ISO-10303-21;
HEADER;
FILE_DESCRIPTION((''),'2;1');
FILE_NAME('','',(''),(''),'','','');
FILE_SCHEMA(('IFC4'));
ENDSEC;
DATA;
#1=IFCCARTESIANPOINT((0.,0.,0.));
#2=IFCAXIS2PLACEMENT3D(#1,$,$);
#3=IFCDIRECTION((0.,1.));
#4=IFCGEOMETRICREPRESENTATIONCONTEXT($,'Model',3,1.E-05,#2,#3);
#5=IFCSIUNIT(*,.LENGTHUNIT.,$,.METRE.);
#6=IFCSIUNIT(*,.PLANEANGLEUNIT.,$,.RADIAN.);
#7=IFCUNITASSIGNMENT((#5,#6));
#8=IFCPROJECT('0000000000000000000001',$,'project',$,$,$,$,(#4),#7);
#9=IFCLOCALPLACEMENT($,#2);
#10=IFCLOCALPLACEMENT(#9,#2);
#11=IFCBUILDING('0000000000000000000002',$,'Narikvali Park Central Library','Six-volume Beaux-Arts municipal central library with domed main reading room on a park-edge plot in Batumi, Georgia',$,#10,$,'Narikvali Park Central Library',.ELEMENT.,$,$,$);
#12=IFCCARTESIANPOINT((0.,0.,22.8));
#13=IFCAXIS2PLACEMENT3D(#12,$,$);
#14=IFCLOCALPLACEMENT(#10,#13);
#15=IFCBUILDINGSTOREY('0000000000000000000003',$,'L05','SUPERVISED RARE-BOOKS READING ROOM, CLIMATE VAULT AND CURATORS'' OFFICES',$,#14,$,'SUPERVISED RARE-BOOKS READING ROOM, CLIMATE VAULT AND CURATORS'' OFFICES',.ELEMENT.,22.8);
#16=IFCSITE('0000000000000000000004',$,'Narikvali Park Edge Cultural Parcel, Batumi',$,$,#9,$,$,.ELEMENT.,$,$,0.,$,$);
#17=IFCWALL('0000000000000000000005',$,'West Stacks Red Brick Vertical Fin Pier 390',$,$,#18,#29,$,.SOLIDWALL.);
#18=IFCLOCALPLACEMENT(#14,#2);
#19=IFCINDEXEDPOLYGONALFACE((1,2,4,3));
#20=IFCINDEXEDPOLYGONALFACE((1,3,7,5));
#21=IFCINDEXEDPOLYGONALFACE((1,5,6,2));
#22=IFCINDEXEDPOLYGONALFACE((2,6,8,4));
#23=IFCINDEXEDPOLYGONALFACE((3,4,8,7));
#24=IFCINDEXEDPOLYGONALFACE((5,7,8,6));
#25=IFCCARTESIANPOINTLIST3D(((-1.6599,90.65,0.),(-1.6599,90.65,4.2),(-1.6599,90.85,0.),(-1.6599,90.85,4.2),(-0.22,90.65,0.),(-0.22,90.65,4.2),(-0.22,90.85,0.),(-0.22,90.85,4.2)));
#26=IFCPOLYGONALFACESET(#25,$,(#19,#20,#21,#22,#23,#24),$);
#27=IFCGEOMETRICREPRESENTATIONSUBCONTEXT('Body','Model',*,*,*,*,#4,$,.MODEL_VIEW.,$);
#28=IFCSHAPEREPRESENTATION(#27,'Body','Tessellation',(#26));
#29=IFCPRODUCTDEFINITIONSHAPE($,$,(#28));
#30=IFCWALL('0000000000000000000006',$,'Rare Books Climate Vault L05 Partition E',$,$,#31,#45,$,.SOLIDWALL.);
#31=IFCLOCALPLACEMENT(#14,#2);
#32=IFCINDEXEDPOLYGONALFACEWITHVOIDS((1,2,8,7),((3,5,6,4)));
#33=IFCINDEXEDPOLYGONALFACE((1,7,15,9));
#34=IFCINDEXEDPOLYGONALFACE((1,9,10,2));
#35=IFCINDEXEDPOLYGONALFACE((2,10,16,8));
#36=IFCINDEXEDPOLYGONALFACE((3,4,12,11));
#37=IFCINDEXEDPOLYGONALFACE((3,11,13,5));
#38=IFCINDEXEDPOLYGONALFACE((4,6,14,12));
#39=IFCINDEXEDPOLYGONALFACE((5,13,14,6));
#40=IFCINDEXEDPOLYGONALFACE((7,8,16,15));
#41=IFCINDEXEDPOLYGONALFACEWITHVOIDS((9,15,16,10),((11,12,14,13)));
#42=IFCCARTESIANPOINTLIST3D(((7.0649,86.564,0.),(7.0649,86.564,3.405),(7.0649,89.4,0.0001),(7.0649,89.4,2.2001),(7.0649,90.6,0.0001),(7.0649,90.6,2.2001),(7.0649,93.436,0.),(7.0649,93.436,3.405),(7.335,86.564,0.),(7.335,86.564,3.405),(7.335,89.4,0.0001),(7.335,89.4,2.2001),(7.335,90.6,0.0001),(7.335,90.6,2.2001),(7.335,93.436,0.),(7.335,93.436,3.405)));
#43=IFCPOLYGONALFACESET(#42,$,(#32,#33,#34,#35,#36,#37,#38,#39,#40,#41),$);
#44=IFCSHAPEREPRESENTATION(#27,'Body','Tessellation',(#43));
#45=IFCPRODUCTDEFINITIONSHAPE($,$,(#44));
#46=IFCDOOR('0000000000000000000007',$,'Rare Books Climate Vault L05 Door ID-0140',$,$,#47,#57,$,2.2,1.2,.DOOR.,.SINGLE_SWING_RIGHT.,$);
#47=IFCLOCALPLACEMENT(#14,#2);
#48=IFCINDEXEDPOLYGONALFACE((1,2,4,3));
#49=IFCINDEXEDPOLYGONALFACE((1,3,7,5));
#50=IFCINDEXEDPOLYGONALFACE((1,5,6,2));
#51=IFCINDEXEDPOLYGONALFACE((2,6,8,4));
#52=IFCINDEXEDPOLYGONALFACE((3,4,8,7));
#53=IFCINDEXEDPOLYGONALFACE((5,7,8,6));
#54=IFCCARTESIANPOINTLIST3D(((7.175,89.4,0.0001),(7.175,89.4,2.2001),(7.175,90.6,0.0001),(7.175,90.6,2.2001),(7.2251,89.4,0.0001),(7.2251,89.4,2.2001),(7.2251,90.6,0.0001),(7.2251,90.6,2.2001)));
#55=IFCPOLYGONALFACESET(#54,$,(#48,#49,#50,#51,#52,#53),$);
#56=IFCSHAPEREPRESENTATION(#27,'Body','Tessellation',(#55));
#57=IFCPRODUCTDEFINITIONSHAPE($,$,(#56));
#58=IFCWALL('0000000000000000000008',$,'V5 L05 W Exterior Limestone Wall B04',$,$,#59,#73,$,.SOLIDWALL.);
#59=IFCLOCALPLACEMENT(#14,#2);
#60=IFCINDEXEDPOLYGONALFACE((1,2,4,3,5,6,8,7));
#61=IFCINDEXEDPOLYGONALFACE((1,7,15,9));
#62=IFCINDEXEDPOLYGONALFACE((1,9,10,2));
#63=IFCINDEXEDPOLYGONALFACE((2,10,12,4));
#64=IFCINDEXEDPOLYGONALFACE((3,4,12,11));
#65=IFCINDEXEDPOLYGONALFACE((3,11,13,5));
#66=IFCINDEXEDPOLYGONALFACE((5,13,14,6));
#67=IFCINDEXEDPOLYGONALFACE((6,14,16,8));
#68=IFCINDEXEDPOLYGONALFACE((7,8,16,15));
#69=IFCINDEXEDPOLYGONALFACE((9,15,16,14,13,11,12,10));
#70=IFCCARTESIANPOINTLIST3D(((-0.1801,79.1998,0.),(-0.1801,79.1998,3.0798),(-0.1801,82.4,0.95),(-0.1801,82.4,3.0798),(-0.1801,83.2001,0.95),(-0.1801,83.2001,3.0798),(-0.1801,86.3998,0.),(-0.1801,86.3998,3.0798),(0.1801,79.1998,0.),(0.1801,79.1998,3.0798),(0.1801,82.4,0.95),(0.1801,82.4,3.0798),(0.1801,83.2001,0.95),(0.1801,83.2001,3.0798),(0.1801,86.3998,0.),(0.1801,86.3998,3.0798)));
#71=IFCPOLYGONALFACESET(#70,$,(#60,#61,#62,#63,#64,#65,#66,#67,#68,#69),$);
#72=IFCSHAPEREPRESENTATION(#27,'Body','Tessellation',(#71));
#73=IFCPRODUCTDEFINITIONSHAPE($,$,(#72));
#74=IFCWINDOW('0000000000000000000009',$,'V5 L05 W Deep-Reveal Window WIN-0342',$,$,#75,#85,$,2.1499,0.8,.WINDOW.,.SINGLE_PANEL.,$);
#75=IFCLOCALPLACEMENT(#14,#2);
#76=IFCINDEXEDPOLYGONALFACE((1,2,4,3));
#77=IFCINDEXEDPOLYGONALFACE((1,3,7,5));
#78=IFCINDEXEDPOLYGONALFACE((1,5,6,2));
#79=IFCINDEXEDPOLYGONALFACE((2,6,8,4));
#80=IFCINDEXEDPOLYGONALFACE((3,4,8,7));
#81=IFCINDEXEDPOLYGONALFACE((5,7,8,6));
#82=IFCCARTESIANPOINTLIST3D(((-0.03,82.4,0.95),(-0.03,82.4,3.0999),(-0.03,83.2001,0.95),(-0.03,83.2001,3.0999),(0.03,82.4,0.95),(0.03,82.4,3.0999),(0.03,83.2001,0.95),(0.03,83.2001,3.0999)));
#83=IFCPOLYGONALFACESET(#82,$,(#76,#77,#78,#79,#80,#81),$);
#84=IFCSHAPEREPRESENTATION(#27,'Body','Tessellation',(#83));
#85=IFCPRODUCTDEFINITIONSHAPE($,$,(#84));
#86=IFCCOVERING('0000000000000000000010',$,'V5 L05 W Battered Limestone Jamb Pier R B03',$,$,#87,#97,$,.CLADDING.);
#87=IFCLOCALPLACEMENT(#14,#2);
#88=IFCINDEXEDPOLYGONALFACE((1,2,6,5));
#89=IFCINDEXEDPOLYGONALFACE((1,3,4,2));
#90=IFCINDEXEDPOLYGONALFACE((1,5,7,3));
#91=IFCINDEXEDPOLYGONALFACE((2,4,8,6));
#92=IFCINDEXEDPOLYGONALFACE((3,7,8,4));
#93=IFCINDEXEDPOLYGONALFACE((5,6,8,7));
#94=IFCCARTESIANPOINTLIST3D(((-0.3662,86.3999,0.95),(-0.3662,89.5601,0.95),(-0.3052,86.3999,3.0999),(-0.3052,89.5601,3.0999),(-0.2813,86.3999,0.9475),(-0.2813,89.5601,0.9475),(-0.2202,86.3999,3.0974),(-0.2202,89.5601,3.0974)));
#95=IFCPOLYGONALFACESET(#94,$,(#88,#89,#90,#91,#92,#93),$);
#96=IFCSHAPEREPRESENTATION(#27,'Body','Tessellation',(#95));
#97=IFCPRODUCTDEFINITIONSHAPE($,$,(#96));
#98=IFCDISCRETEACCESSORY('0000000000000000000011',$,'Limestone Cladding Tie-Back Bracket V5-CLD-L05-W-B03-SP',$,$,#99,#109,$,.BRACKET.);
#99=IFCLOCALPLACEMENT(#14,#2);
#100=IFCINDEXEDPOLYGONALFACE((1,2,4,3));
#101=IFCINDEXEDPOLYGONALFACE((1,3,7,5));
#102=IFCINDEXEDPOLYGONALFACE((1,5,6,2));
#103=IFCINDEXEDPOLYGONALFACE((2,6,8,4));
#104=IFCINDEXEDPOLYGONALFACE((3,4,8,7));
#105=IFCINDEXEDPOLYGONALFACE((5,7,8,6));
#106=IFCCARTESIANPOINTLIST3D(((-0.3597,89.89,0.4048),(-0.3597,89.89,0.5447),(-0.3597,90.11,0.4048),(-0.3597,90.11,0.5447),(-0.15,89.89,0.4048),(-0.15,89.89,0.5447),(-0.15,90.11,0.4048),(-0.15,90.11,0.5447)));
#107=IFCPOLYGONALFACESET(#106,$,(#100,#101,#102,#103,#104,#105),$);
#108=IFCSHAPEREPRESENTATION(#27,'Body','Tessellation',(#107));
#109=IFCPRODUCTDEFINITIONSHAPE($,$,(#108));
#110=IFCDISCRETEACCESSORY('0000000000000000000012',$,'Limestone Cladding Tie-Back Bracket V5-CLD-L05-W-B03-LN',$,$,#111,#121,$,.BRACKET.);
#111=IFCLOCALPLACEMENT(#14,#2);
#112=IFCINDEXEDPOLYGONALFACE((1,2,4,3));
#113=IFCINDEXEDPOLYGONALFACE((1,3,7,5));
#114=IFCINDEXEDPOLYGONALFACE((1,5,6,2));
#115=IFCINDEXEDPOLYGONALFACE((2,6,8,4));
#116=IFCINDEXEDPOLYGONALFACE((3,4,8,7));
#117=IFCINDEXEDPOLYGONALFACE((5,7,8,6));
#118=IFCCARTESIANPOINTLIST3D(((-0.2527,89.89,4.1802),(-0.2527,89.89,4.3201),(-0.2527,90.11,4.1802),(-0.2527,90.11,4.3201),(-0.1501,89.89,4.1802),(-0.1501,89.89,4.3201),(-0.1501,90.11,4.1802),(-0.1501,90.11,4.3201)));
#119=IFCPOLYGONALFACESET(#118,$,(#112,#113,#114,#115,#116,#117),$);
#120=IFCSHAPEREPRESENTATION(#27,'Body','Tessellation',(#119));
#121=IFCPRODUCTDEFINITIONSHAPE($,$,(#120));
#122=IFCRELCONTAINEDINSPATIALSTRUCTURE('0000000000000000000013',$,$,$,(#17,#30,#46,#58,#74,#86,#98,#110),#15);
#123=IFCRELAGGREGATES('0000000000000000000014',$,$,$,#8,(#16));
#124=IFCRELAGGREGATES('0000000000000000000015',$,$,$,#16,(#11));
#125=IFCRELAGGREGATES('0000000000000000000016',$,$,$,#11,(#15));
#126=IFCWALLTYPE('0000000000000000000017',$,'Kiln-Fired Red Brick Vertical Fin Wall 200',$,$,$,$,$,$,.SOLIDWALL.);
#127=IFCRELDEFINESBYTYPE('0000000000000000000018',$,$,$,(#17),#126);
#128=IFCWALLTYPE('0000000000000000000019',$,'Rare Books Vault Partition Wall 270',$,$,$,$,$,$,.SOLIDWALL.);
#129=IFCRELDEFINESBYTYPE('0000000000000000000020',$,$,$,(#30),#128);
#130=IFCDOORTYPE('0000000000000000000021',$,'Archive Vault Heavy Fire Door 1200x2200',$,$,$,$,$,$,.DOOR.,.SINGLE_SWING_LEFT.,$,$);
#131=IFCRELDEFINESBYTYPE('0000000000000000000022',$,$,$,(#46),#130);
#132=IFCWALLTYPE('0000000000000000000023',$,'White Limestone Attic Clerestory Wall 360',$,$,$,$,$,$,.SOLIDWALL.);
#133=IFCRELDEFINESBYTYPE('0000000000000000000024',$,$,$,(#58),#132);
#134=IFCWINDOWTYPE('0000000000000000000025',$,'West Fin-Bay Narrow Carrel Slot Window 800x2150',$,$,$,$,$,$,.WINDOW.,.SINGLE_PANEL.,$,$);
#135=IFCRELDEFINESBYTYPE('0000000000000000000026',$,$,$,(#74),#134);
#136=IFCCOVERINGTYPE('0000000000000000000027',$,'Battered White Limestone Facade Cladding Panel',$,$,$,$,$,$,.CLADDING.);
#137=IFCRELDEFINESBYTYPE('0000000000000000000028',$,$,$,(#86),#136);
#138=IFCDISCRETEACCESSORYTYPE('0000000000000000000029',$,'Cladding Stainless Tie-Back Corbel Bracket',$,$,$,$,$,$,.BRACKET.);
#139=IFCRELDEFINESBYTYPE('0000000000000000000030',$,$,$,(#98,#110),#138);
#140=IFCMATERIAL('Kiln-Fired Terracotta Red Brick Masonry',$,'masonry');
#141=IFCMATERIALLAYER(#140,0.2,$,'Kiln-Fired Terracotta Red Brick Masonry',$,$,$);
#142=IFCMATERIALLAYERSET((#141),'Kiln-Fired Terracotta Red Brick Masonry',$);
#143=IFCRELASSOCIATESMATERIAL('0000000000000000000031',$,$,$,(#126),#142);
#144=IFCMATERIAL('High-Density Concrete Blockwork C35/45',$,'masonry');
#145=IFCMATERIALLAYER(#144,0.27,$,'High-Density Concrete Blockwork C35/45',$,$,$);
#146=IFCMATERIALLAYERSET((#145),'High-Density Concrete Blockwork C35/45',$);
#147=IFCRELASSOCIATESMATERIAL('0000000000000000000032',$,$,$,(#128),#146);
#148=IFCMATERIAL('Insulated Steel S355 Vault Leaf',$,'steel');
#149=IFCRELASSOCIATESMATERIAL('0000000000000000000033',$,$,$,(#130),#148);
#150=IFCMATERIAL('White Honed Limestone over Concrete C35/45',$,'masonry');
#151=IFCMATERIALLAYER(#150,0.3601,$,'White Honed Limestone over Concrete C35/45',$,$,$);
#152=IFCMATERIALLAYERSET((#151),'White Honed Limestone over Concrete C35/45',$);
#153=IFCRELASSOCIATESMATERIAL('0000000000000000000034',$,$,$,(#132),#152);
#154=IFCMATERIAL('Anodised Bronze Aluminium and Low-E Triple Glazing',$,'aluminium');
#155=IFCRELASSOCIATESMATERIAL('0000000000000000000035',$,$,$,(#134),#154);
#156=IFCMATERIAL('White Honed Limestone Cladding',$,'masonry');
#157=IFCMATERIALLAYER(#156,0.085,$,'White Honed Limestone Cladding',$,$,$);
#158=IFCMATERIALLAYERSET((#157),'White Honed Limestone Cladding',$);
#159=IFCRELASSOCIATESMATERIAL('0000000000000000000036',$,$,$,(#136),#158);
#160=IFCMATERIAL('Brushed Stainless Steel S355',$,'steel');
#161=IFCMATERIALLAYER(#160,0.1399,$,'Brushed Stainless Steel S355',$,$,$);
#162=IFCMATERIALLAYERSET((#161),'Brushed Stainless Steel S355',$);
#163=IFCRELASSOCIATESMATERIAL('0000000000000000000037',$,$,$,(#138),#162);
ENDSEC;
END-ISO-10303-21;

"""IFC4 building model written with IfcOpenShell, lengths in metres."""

from ifc_helpers import new_model, si_unit, direction, frame, frame_2d, origin, origin_2d, place, context, subcontext, project, spatial, polyline, rectangle, outline, extrude, material, layer, layer_set, type_object, element, fill, save


model = new_model("IFC4")

# Units and contexts
model_context = context("Model", 3, precision=1e-05, world=origin(), true_north=direction((0.0, 1.0)))
body_context = subcontext(model_context, "Body", "Model", "MODEL_VIEW")
ifc_project = project(units=[si_unit("LENGTHUNIT", "METRE"), si_unit("PLANEANGLEUNIT", "RADIAN")], contexts=[model_context])

# Site, building, storey
site_placement = place(None, origin())
site = spatial("IfcSite", under=ifc_project, at=site_placement, Name="Narikvali Park Edge Cultural Parcel, Batumi", CompositionType="ELEMENT", RefElevation=0.0)
building_placement = place(site_placement, origin())
building = spatial("IfcBuilding", under=site, at=building_placement, Name="Narikvali Park Central Library", Description="Six-volume Beaux-Arts municipal central library with domed main reading room on a park-edge plot in Batumi, Georgia", LongName="Narikvali Park Central Library", CompositionType="ELEMENT")
storey_placement = place(building_placement, frame((0.0, 0.0, 22.8)))
storey = spatial("IfcBuildingStorey", under=building, at=storey_placement, Name="L05", Description="SUPERVISED RARE-BOOKS READING ROOM, CLIMATE VAULT AND CURATORS' OFFICES", LongName="SUPERVISED RARE-BOOKS READING ROOM, CLIMATE VAULT AND CURATORS' OFFICES", CompositionType="ELEMENT", Elevation=22.8)

# Wall
ifc_material_1 = material(Name="Kiln-Fired Terracotta Red Brick Masonry", Category="masonry")
ifc_layer_1 = layer(ifc_material_1, 0.2, Name="Kiln-Fired Terracotta Red Brick Masonry")
ifc_layer_set_1 = layer_set([ifc_layer_1], Name="Kiln-Fired Terracotta Red Brick Masonry")
wall_type_1 = type_object("IfcWallType", Name="Kiln-Fired Red Brick Vertical Fin Wall 200", PredefinedType="SOLIDWALL", material=ifc_layer_set_1)
for number, where, z_axis, x_axis, name in (
    (1, (-1.6599, 90.75, 0.0), (0.0, 0.0, 1.0), (1.0, 0.0, 0.0), "West Stacks Red Brick Vertical Fin Pier 390"),
):
    element("IfcWall", number, at=place(storey_placement, frame(where, z_axis=z_axis, x_axis=x_axis)), inside=storey, type_object=wall_type_1, Name=name, PredefinedType="SOLIDWALL", context=body_context, shape_type="SweptSolid", body=[
        extrude(rectangle(XDim=1.4399, YDim=0.2, at=frame_2d((0.72, 0.0))), origin(), (0.0, 0.0, 1.0), 4.2),
    ])

# Wall, opening, door
ifc_material_2 = material(Name="High-Density Concrete Blockwork C35/45", Category="masonry")
ifc_layer_2 = layer(ifc_material_2, 0.27, Name="High-Density Concrete Blockwork C35/45")
ifc_layer_set_2 = layer_set([ifc_layer_2], Name="High-Density Concrete Blockwork C35/45")
wall_type_2 = type_object("IfcWallType", Name="Rare Books Vault Partition Wall 270", PredefinedType="SOLIDWALL", material=ifc_layer_set_2)
wall_1_placement = place(storey_placement, frame((7.2, 86.564, 0.0), z_axis=(0.0, 0.0, 1.0), x_axis=(0.0, 1.0, 0.0)))
wall_1 = element("IfcWall", 2, at=wall_1_placement, inside=storey, type_object=wall_type_2, Name="Rare Books Climate Vault L05 Partition E", PredefinedType="SOLIDWALL", context=body_context, shape_type="SweptSolid", body=[
    extrude(rectangle(XDim=6.8721, YDim=0.27, at=frame_2d((3.436, 0.0))), origin(), (0.0, 0.0, 1.0), 3.405),
])
opening_1_placement = place(wall_1_placement, frame((2.8359, 0.0, 0.0)))
opening_1 = element("IfcOpeningElement", 3, at=opening_1_placement, cuts=wall_1, PredefinedType="OPENING", context=body_context, shape_type="SweptSolid", body=[
    extrude(rectangle(XDim=1.2, YDim=2.2, at=frame_2d((0.6001, 1.1001))), frame((0.0, 0.147, 0.0), z_axis=(0.0, -1.0, 0.0), x_axis=(1.0, 0.0, 0.0)), (0.0, 0.0, 1.0), 0.2939),
])
ifc_material_3 = material(Name="Insulated Steel S355 Vault Leaf", Category="steel")
door_type = type_object("IfcDoorType", Name="Archive Vault Heavy Fire Door 1200x2200", OperationType="SINGLE_SWING_LEFT", PredefinedType="DOOR", material=ifc_material_3)
door_placement = place(opening_1_placement, origin())
door = element("IfcDoor", 4, at=door_placement, inside=storey, type_object=door_type, Name="Rare Books Climate Vault L05 Door ID-0140", OperationType="SINGLE_SWING_RIGHT", OverallHeight=2.2, OverallWidth=1.2, PredefinedType="DOOR", context=body_context, shape_type="SweptSolid", body=[
    extrude(rectangle(XDim=1.2, YDim=2.2, at=frame_2d((0.6001, 1.1001))), frame((0.0, 0.0249, 0.0), z_axis=(0.0, -1.0, 0.0), x_axis=(1.0, 0.0, 0.0)), (0.0, 0.0, 1.0), 0.05),
])
fill(opening_1, door)

# Wall, opening, window
ifc_material_4 = material(Name="White Honed Limestone over Concrete C35/45", Category="masonry")
ifc_layer_3 = layer(ifc_material_4, 0.3601, Name="White Honed Limestone over Concrete C35/45")
ifc_layer_set_3 = layer_set([ifc_layer_3], Name="White Honed Limestone over Concrete C35/45")
wall_type_3 = type_object("IfcWallType", Name="White Limestone Attic Clerestory Wall 360", PredefinedType="SOLIDWALL", material=ifc_layer_set_3)
wall_2_placement = place(storey_placement, frame((0.0, 86.3999, 0.0), z_axis=(0.0, 0.0, 1.0), x_axis=(0.0, -1.0, 0.0)))
wall_2 = element("IfcWall", 5, at=wall_2_placement, inside=storey, type_object=wall_type_3, Name="V5 L05 W Exterior Limestone Wall B04", PredefinedType="SOLIDWALL", context=body_context, shape_type="SweptSolid", body=[
    extrude(rectangle(XDim=7.2, YDim=0.3601, at=frame_2d((3.6001, 0.0))), origin(), (0.0, 0.0, 1.0), 3.0798),
])
opening_2_placement = place(wall_2_placement, frame((3.2, 0.0, 0.95)))
opening_2 = element("IfcOpeningElement", 6, at=opening_2_placement, cuts=wall_2, PredefinedType="OPENING", context=body_context, shape_type="SweptSolid", body=[
    extrude(rectangle(XDim=0.8, YDim=2.1499, at=frame_2d((0.3999, 1.075))), frame((0.0, 0.1919, 0.0), z_axis=(0.0, -1.0, 0.0), x_axis=(1.0, 0.0, 0.0)), (0.0, 0.0, 1.0), 0.384),
])
ifc_material_5 = material(Name="Anodised Bronze Aluminium and Low-E Triple Glazing", Category="aluminium")
window_type = type_object("IfcWindowType", Name="West Fin-Bay Narrow Carrel Slot Window 800x2150", PartitioningType="SINGLE_PANEL", PredefinedType="WINDOW", material=ifc_material_5)
window_placement = place(opening_2_placement, origin())
window = element("IfcWindow", 7, at=window_placement, inside=storey, type_object=window_type, Name="V5 L05 W Deep-Reveal Window WIN-0342", OverallHeight=2.1499, OverallWidth=0.8, PartitioningType="SINGLE_PANEL", PredefinedType="WINDOW", context=body_context, shape_type="SweptSolid", body=[
    extrude(rectangle(XDim=0.8, YDim=2.1499, at=frame_2d((0.3999, 1.075))), frame((0.0, 0.03, 0.0), z_axis=(0.0, -1.0, 0.0), x_axis=(1.0, 0.0, 0.0)), (0.0, 0.0, 1.0), 0.0601),
])
fill(opening_2, window)

# Covering
ifc_material_6 = material(Name="White Honed Limestone Cladding", Category="masonry")
ifc_layer_4 = layer(ifc_material_6, 0.085, Name="White Honed Limestone Cladding")
ifc_layer_set_4 = layer_set([ifc_layer_4], Name="White Honed Limestone Cladding")
covering_type = type_object("IfcCoveringType", Name="Battered White Limestone Facade Cladding Panel", PredefinedType="CLADDING", material=ifc_layer_set_4)
covering_placement = place(storey_placement, frame((-0.3662, 89.5601, 0.95), z_axis=(-0.999597, 0.0, 0.028378), x_axis=(0.0, -1.0, 0.0)))
element("IfcCovering", 8, at=covering_placement, inside=storey, type_object=covering_type, Name="V5 L05 W Battered Limestone Jamb Pier R B03", PredefinedType="CLADDING", context=body_context, shape_type="SweptSolid", body=[
    extrude(outline(polyline([(0.0, 0.0), (3.1602, 0.0), (3.1602, 2.1508), (0.0, 2.1508), (0.0, 0.0)])), origin(), (0.0, 0.0, -1.0), 0.085),
])

# Discrete accessories
ifc_material_7 = material(Name="Brushed Stainless Steel S355", Category="steel")
ifc_layer_5 = layer(ifc_material_7, 0.1399, Name="Brushed Stainless Steel S355")
ifc_layer_set_5 = layer_set([ifc_layer_5], Name="Brushed Stainless Steel S355")
discrete_accessory_type = type_object("IfcDiscreteAccessoryType", Name="Cladding Stainless Tie-Back Corbel Bracket", PredefinedType="BRACKET", material=ifc_layer_set_5)
discrete_accessory_1_placement = place(storey_placement, frame((-0.2549, 90.0, 0.4048), z_axis=(0.0, 0.0, 1.0), x_axis=(1.0, 0.0, 0.0)))
element("IfcDiscreteAccessory", 9, at=discrete_accessory_1_placement, inside=storey, type_object=discrete_accessory_type, Name="Limestone Cladding Tie-Back Bracket V5-CLD-L05-W-B03-SP", PredefinedType="BRACKET", context=body_context, shape_type="SweptSolid", body=[
    extrude(rectangle(XDim=0.2097, YDim=0.22, at=origin_2d()), origin(), (0.0, 0.0, 1.0), 0.1399),
])
discrete_accessory_2_placement = place(storey_placement, frame((-0.2014, 90.0, 4.1802), z_axis=(0.0, 0.0, 1.0), x_axis=(1.0, 0.0, 0.0)))
element("IfcDiscreteAccessory", 10, at=discrete_accessory_2_placement, inside=storey, type_object=discrete_accessory_type, Name="Limestone Cladding Tie-Back Bracket V5-CLD-L05-W-B03-LN", PredefinedType="BRACKET", context=body_context, shape_type="SweptSolid", body=[
    extrude(rectangle(XDim=0.1025, YDim=0.22, at=origin_2d()), origin(), (0.0, 0.0, 1.0), 0.1399),
])

save(model, "model.ifc")
